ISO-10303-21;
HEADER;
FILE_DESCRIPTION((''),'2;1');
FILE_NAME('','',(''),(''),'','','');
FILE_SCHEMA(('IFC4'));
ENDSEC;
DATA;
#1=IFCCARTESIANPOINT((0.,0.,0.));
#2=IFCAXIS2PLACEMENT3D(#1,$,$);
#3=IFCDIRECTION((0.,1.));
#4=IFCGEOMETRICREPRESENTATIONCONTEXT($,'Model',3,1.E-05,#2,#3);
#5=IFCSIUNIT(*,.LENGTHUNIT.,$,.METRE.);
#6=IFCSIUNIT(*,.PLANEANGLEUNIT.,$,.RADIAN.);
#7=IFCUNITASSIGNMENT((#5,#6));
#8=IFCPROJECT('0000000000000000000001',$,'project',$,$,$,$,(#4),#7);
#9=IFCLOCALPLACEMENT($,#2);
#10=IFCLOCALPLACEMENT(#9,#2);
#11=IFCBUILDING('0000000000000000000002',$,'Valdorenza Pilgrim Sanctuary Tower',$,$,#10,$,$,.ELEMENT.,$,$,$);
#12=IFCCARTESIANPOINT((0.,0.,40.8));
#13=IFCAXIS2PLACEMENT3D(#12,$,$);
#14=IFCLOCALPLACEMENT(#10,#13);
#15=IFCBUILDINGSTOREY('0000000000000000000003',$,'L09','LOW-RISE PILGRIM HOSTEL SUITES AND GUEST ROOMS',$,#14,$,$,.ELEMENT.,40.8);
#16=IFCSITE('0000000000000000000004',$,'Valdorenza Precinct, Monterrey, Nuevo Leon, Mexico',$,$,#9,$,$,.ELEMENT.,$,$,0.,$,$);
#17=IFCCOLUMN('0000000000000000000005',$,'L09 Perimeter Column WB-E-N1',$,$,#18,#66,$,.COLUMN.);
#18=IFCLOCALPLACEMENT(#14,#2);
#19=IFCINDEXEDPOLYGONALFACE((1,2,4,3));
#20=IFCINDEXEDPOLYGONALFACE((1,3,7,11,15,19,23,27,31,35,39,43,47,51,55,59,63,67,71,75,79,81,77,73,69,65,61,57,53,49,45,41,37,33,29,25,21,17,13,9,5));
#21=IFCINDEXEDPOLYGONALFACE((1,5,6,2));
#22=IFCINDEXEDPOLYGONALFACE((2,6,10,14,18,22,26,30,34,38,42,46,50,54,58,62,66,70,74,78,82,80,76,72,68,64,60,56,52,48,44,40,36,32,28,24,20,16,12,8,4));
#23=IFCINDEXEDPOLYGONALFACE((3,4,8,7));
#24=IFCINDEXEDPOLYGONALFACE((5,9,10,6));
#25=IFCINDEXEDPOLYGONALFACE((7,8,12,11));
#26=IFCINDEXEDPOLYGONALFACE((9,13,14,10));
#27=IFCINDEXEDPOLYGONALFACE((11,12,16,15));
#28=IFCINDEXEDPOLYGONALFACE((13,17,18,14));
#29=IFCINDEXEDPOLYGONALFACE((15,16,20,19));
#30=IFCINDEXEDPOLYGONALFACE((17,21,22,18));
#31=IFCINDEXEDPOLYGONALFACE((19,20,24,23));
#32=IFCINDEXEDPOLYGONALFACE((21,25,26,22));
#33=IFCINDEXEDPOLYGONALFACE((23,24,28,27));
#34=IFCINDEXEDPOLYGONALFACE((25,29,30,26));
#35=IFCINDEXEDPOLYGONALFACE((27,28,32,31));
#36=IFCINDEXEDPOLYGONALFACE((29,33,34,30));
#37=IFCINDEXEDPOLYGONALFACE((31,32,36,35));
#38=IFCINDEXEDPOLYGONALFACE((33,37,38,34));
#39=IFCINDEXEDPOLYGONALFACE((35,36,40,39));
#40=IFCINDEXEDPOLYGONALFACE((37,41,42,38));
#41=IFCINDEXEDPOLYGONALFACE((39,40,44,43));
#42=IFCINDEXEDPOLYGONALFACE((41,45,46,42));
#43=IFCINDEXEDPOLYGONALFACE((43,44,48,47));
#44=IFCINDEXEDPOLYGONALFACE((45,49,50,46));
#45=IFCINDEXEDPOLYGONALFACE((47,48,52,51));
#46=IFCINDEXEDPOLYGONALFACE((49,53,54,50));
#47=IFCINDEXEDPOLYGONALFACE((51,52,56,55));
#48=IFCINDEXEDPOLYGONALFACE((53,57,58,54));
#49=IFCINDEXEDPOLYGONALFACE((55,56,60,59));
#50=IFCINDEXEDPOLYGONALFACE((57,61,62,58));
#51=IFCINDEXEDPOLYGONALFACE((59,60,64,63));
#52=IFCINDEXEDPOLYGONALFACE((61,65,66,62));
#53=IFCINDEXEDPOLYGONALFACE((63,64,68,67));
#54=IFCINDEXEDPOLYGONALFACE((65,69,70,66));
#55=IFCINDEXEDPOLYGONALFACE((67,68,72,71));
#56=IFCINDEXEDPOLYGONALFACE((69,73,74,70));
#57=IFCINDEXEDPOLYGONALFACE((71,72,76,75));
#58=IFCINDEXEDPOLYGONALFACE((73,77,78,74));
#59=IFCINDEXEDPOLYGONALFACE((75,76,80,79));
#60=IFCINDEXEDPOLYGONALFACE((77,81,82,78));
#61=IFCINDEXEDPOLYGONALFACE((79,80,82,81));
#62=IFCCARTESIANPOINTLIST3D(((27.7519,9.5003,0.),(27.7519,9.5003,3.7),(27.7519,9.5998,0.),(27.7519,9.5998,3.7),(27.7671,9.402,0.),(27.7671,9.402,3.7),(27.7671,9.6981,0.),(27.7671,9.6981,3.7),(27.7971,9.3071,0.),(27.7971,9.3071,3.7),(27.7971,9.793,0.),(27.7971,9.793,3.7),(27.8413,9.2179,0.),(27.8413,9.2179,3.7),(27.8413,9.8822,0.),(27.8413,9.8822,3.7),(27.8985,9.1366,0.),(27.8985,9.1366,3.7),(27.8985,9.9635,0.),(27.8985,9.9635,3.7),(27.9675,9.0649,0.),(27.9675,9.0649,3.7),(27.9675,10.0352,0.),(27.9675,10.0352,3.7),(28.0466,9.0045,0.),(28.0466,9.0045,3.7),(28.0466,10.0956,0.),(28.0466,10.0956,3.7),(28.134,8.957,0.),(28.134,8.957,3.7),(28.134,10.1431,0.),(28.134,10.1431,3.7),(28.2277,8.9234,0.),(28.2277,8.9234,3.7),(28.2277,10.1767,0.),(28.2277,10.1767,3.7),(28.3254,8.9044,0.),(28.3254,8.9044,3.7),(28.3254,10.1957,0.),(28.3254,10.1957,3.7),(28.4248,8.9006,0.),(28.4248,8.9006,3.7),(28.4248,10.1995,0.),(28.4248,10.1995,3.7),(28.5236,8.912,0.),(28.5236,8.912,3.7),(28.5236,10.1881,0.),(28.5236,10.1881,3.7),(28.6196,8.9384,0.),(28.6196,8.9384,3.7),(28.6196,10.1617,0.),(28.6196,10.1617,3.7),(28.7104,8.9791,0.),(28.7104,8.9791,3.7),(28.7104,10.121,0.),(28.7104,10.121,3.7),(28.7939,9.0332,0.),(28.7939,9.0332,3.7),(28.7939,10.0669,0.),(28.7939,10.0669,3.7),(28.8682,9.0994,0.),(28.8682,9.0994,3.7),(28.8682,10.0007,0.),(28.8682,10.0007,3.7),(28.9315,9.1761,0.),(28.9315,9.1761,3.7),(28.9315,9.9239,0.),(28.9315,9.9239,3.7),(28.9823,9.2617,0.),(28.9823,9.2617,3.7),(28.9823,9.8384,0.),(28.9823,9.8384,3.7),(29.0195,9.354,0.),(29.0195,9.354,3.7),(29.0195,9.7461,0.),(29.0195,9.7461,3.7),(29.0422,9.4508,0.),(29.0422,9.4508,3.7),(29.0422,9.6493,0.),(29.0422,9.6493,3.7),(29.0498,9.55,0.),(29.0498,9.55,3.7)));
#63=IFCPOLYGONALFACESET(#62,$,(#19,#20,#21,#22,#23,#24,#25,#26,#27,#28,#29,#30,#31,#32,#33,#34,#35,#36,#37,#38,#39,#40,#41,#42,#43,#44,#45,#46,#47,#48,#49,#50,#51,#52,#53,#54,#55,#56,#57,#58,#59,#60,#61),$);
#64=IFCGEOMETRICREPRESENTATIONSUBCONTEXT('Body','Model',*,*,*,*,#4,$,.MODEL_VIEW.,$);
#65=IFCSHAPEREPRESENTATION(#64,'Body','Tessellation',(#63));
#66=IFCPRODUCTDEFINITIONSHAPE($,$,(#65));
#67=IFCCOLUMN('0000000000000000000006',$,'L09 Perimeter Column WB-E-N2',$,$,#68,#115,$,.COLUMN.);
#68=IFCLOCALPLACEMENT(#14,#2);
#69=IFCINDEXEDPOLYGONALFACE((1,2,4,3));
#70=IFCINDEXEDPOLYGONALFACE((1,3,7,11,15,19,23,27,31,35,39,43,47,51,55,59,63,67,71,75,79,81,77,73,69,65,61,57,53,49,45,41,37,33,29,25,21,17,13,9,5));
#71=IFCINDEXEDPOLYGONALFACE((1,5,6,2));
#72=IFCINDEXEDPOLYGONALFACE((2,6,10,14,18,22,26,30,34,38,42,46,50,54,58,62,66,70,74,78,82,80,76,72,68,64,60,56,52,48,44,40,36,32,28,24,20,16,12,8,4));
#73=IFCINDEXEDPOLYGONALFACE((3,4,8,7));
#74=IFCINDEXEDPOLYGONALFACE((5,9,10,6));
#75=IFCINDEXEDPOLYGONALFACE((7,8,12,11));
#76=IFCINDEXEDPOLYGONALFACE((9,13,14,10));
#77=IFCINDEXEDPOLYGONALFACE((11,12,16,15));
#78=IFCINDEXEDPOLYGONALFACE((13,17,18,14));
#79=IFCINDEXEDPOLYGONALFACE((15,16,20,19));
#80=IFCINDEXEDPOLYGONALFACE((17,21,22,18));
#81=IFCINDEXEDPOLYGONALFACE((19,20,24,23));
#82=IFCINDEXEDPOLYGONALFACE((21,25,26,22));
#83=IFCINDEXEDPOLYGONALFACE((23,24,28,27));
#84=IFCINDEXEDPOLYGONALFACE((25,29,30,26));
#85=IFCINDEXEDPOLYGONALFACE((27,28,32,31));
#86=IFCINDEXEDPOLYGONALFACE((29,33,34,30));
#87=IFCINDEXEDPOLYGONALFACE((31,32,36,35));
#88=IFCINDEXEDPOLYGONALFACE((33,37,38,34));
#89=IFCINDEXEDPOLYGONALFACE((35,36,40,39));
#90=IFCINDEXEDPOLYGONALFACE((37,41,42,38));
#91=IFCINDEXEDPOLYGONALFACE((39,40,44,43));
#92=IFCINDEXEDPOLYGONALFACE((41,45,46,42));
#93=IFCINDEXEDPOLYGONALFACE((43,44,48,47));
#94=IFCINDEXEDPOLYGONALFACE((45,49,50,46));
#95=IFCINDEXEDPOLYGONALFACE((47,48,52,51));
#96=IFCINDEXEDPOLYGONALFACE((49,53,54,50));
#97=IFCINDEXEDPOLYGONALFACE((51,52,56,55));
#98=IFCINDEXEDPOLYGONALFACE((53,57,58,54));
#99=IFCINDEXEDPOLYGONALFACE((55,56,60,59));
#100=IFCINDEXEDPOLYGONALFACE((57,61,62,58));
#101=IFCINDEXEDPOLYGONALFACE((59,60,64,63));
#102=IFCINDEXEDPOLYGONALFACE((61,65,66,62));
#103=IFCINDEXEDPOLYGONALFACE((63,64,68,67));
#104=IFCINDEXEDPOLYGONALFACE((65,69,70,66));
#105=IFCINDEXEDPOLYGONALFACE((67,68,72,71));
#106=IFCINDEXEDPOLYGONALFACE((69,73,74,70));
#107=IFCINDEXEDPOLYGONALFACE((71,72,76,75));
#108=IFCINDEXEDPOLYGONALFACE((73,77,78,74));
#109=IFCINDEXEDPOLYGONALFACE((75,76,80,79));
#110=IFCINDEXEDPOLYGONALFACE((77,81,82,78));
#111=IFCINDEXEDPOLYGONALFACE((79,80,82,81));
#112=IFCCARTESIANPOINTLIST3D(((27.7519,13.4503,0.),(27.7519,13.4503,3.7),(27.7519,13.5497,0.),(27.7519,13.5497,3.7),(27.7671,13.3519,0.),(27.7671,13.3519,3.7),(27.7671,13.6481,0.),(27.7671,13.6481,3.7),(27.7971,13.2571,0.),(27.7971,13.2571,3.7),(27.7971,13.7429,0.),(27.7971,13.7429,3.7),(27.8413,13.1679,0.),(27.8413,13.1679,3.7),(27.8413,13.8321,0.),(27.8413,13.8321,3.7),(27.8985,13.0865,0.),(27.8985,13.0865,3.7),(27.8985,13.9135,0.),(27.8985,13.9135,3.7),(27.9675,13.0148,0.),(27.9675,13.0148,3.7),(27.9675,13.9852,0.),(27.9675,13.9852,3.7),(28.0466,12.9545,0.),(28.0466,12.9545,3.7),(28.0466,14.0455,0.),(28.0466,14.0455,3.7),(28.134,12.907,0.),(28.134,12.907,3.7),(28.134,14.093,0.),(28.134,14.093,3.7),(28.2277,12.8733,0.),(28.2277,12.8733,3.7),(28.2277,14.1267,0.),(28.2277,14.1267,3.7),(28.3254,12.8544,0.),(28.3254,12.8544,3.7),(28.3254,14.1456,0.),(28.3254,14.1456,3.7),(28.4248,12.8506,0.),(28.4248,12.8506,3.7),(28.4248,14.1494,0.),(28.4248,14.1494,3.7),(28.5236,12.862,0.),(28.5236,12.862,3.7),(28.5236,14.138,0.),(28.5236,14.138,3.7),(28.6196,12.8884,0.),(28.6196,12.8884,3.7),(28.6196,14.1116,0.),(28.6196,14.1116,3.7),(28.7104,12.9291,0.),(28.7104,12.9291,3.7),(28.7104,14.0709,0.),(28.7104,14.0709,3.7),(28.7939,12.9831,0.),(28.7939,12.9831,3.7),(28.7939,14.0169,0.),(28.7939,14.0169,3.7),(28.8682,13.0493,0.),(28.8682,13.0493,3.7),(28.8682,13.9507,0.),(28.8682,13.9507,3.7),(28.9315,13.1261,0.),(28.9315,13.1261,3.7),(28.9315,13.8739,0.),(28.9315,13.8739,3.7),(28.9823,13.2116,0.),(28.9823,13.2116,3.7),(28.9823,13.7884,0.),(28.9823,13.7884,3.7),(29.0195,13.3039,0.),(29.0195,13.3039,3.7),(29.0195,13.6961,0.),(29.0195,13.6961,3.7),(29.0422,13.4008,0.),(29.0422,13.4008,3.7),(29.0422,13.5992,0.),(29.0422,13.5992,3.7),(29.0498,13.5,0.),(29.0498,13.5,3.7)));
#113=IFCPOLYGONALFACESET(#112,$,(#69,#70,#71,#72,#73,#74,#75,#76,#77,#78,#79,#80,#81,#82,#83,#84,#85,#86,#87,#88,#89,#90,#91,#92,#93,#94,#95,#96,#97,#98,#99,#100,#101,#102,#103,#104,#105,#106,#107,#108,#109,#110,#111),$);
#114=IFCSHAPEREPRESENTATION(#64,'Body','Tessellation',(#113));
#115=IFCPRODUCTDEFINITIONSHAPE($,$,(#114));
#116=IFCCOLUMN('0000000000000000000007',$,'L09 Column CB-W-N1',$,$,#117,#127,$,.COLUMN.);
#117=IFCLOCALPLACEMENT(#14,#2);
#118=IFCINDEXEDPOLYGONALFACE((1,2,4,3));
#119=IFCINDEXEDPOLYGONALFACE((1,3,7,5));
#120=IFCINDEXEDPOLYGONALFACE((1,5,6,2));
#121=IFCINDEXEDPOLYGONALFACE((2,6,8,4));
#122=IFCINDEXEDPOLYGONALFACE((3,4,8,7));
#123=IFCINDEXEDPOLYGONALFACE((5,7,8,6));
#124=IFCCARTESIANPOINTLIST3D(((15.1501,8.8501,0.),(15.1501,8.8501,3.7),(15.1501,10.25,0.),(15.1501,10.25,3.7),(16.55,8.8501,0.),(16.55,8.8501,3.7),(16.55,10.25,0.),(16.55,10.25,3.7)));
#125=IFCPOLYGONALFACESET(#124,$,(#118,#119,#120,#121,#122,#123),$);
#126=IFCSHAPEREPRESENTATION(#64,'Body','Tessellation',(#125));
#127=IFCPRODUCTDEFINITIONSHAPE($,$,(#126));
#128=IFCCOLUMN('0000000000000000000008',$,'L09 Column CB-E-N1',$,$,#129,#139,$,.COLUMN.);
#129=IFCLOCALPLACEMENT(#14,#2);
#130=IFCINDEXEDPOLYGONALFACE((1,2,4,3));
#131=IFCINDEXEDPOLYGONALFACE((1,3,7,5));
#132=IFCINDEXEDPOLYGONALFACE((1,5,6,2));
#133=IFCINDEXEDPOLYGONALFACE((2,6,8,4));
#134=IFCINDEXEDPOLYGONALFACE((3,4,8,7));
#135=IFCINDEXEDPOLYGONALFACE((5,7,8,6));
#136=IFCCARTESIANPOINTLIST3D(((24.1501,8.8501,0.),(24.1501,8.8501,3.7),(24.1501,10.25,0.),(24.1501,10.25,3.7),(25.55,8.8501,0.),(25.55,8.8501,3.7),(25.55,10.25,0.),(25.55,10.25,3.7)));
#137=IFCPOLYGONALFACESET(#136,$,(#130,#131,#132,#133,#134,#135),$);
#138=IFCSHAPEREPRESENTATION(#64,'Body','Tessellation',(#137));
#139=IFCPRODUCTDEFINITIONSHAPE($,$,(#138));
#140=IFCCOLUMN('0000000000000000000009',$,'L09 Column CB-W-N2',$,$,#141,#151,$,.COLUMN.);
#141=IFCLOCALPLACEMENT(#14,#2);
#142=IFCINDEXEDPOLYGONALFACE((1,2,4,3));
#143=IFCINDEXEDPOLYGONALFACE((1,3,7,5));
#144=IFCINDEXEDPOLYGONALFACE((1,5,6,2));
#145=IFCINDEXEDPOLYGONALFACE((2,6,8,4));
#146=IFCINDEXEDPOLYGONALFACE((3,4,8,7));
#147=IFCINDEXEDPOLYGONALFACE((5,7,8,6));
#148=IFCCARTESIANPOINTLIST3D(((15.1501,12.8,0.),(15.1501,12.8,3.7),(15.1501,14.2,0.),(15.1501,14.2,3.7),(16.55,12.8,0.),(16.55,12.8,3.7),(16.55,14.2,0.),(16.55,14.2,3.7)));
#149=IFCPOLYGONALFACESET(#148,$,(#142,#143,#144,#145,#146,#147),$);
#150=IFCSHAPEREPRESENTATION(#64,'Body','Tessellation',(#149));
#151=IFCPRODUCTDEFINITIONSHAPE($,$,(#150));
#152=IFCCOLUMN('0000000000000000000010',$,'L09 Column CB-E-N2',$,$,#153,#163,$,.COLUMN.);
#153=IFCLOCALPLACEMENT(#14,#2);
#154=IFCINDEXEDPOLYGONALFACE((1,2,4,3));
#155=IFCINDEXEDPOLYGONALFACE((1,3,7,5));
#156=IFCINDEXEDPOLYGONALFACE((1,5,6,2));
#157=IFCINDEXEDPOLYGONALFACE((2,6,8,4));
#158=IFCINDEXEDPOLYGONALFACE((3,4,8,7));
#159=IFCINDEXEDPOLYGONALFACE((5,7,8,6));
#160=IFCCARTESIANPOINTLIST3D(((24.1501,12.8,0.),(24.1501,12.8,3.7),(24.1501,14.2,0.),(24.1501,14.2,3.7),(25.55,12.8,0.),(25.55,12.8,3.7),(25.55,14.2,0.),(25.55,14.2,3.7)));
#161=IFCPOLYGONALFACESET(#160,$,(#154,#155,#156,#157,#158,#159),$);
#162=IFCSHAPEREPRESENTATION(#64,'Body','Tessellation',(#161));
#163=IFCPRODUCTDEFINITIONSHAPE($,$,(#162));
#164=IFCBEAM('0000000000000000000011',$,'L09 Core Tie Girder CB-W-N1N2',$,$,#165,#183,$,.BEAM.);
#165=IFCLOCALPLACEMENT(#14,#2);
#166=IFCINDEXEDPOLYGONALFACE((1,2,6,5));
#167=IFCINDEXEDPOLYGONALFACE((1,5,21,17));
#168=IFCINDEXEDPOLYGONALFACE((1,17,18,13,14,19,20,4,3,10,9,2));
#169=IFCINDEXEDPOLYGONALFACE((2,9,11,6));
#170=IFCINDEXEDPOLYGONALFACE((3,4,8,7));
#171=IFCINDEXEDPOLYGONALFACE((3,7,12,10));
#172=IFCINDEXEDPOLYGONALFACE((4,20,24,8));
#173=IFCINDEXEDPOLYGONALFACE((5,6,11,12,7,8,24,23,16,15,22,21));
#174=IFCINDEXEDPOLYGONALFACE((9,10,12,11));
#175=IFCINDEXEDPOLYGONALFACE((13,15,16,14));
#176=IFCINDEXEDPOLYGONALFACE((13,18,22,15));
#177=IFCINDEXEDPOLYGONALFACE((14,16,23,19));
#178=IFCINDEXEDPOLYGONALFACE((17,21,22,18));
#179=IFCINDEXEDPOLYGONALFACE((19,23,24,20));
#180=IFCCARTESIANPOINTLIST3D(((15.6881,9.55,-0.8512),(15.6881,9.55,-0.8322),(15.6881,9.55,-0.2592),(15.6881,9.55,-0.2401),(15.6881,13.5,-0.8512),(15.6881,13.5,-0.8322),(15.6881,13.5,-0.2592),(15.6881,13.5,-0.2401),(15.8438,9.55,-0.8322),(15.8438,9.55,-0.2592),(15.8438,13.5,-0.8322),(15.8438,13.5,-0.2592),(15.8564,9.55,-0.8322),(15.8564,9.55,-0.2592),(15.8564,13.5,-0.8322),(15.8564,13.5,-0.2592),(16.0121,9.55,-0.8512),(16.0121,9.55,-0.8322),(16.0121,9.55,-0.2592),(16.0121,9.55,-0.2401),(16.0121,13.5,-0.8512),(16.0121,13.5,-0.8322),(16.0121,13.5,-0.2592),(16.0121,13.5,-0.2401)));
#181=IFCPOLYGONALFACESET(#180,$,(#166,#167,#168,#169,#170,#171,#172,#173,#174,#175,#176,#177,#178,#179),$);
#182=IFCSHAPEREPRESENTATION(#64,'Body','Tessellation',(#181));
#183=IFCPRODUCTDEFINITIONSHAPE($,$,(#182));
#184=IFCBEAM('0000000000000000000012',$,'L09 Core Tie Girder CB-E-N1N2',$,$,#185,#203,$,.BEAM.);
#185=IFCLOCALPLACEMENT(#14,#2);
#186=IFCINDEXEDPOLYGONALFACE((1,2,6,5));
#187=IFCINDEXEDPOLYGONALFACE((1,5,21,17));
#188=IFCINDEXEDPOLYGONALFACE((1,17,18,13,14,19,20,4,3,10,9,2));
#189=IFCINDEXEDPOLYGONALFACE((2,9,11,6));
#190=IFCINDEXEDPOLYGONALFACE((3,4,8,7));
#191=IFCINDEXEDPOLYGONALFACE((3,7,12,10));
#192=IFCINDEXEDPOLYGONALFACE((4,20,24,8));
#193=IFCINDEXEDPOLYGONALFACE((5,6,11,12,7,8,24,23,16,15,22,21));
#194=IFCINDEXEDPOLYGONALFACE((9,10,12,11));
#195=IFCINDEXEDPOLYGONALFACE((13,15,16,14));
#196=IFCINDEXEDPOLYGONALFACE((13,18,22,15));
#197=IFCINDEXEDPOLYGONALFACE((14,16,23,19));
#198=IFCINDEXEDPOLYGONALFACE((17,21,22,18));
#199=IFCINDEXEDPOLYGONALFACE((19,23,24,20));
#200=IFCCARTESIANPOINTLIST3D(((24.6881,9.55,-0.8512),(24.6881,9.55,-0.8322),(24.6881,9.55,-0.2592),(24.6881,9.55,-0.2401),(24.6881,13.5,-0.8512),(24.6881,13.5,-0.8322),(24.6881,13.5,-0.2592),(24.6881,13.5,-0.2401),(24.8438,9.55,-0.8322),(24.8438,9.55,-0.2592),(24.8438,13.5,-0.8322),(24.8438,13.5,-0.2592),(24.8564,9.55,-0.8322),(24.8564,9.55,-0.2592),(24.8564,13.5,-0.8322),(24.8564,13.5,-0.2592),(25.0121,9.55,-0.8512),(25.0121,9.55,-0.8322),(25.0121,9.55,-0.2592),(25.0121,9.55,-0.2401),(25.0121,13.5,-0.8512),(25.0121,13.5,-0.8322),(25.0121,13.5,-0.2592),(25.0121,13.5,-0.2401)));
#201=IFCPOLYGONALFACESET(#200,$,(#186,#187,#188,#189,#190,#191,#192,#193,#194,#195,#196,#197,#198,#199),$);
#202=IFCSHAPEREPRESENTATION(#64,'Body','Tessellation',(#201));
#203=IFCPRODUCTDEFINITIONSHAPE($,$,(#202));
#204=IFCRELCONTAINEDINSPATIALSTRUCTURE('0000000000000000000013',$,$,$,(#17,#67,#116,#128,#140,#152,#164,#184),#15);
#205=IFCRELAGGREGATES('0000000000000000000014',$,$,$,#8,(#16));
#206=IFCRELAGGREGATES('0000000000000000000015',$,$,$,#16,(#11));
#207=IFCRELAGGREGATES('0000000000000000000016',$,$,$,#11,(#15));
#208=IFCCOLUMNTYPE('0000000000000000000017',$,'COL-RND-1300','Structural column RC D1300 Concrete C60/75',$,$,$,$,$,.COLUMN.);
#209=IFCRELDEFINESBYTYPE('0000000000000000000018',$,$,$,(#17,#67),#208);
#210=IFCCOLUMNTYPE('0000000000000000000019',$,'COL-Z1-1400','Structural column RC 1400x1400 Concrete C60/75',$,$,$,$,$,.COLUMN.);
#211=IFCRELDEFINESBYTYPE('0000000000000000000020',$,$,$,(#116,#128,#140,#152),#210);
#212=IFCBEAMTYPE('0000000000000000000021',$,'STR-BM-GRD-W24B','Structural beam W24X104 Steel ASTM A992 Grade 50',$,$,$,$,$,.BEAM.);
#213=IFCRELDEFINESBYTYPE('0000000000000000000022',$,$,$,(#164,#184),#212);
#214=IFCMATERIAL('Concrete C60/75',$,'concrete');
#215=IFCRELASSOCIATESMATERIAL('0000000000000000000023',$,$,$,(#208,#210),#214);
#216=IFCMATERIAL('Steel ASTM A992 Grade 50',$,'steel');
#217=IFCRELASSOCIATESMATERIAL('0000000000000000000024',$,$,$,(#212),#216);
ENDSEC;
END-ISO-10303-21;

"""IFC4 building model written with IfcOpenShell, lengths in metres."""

from ifc_helpers import new_model, si_unit, direction, frame, origin, origin_2d, place, context, subcontext, project, spatial, rectangle, circle, i_section, extrude, source, transform, mapped, material, material_profile, profile_set, type_object, element, save


model = new_model("IFC4")

# Units and contexts
model_context = context("Model", 3, precision=1e-05, world=origin(), true_north=direction((0.0, 1.0)))
body_context = subcontext(model_context, "Body", "Model", "MODEL_VIEW")
ifc_project = project(units=[si_unit("LENGTHUNIT", "METRE"), si_unit("PLANEANGLEUNIT", "RADIAN")], contexts=[model_context])

# Site, building, storey
site_placement = place(None, origin())
site = spatial("IfcSite", under=ifc_project, at=site_placement, Name="Valdorenza Precinct, Monterrey, Nuevo Leon, Mexico", CompositionType="ELEMENT", RefElevation=0.0)
building_placement = place(site_placement, origin())
building = spatial("IfcBuilding", under=site, at=building_placement, Name="Valdorenza Pilgrim Sanctuary Tower", CompositionType="ELEMENT")
storey_placement = place(building_placement, frame((0.0, 0.0, 40.8)))
storey = spatial("IfcBuildingStorey", under=building, at=storey_placement, Name="L09", Description="LOW-RISE PILGRIM HOSTEL SUITES AND GUEST ROOMS", CompositionType="ELEMENT", Elevation=40.8)

# Columns
ifc_material_1 = material(Name="Concrete C60/75", Category="concrete")
ifc_material_profile_1 = material_profile(ifc_material_1, circle(Radius=0.6499, at=origin_2d()), Name="RC D1300")
ifc_profile_set_1 = profile_set([ifc_material_profile_1], Name="Concrete C60/75")
column_type_1 = type_object("IfcColumnType", Name="COL-RND-1300", Description="Structural column RC D1300 Concrete C60/75", PredefinedType="COLUMN", material=ifc_profile_set_1)
shared_shape_1 = source(origin(), body_context, "Body", "SweptSolid", [
    extrude(circle(Radius=0.6499, at=origin_2d()), origin(), (0.0, 0.0, 1.0), 3.7),
])
for number, where, z_axis, x_axis, name in (
    (1, (28.3999, 9.55, 0.0), (0.0, 0.0, 1.0), (1.0, 0.0, 0.0), "L09 Perimeter Column WB-E-N1"),
    (2, (28.3999, 13.5, 0.0), (0.0, 0.0, 1.0), (1.0, 0.0, 0.0), "L09 Perimeter Column WB-E-N2"),
):
    element("IfcColumn", number, at=place(storey_placement, frame(where, z_axis=z_axis, x_axis=x_axis)), inside=storey, type_object=column_type_1, Name=name, PredefinedType="COLUMN", context=body_context, shape_type="MappedRepresentation", body=[
        mapped(shared_shape_1, transform((0.0, 0.0, 0.0), x_axis=(1.0, 0.0, 0.0), y_axis=(0.0, 1.0, 0.0), z_axis=(0.0, 0.0, 1.0), scale=1.0)),
    ])
ifc_material_profile_2 = material_profile(ifc_material_1, rectangle(XDim=1.3999, YDim=1.3999, at=origin_2d()), Name="RC 1400x1400")
ifc_profile_set_2 = profile_set([ifc_material_profile_2], Name="Concrete C60/75")
column_type_2 = type_object("IfcColumnType", Name="COL-Z1-1400", Description="Structural column RC 1400x1400 Concrete C60/75", PredefinedType="COLUMN", material=ifc_profile_set_2)
shared_shape_2 = source(origin(), body_context, "Body", "SweptSolid", [
    extrude(rectangle(XDim=1.3999, YDim=1.3999, at=origin_2d()), origin(), (0.0, 0.0, 1.0), 3.7),
])
for number, where, z_axis, x_axis, name in (
    (3, (15.8501, 9.55, 0.0), (0.0, 0.0, 1.0), (1.0, 0.0, 0.0), "L09 Column CB-W-N1"),
    (4, (24.8501, 9.55, 0.0), (0.0, 0.0, 1.0), (1.0, 0.0, 0.0), "L09 Column CB-E-N1"),
    (5, (15.8501, 13.5, 0.0), (0.0, 0.0, 1.0), (1.0, 0.0, 0.0), "L09 Column CB-W-N2"),
    (6, (24.8501, 13.5, 0.0), (0.0, 0.0, 1.0), (1.0, 0.0, 0.0), "L09 Column CB-E-N2"),
):
    element("IfcColumn", number, at=place(storey_placement, frame(where, z_axis=z_axis, x_axis=x_axis)), inside=storey, type_object=column_type_2, Name=name, PredefinedType="COLUMN", context=body_context, shape_type="MappedRepresentation", body=[
        mapped(shared_shape_2, transform((0.0, 0.0, 0.0), x_axis=(1.0, 0.0, 0.0), y_axis=(0.0, 1.0, 0.0), z_axis=(0.0, 0.0, 1.0), scale=1.0)),
    ])

# Beams
ifc_material_2 = material(Name="Steel ASTM A992 Grade 50", Category="steel")
ifc_material_profile_3 = material_profile(ifc_material_2, i_section(OverallWidth=0.324, OverallDepth=0.6111, WebThickness=0.0127, FlangeThickness=0.019, at=origin_2d()), Name="W24X104")
ifc_profile_set_3 = profile_set([ifc_material_profile_3], Name="Steel ASTM A992 Grade 50")
beam_type_1 = type_object("IfcBeamType", Name="STR-BM-GRD-W24B", Description="Structural beam W24X104 Steel ASTM A992 Grade 50", PredefinedType="BEAM", material=ifc_profile_set_3)
shared_shape_3 = source(origin(), body_context, "Body", "SweptSolid", [
    extrude(i_section(OverallWidth=0.324, OverallDepth=0.6111, WebThickness=0.0127, FlangeThickness=0.019, at=origin_2d()), origin(), (0.0, 0.0, 1.0), 3.95),
])
for number, where, z_axis, x_axis, name in (
    (7, (15.8501, 9.55, -0.5457), (0.0, 1.0, 0.0), (-1.0, 0.0, 0.0), "L09 Core Tie Girder CB-W-N1N2"),
    (8, (24.8501, 9.55, -0.5457), (0.0, 1.0, 0.0), (-1.0, 0.0, 0.0), "L09 Core Tie Girder CB-E-N1N2"),
):
    element("IfcBeam", number, at=place(storey_placement, frame(where, z_axis=z_axis, x_axis=x_axis)), inside=storey, type_object=beam_type_1, Name=name, PredefinedType="BEAM", context=body_context, shape_type="MappedRepresentation", body=[
        mapped(shared_shape_3, transform((0.0, 0.0, 0.0), x_axis=(1.0, 0.0, 0.0), y_axis=(0.0, 1.0, 0.0), z_axis=(0.0, 0.0, 1.0), scale=1.0)),
    ])

save(model, "model.ifc")
